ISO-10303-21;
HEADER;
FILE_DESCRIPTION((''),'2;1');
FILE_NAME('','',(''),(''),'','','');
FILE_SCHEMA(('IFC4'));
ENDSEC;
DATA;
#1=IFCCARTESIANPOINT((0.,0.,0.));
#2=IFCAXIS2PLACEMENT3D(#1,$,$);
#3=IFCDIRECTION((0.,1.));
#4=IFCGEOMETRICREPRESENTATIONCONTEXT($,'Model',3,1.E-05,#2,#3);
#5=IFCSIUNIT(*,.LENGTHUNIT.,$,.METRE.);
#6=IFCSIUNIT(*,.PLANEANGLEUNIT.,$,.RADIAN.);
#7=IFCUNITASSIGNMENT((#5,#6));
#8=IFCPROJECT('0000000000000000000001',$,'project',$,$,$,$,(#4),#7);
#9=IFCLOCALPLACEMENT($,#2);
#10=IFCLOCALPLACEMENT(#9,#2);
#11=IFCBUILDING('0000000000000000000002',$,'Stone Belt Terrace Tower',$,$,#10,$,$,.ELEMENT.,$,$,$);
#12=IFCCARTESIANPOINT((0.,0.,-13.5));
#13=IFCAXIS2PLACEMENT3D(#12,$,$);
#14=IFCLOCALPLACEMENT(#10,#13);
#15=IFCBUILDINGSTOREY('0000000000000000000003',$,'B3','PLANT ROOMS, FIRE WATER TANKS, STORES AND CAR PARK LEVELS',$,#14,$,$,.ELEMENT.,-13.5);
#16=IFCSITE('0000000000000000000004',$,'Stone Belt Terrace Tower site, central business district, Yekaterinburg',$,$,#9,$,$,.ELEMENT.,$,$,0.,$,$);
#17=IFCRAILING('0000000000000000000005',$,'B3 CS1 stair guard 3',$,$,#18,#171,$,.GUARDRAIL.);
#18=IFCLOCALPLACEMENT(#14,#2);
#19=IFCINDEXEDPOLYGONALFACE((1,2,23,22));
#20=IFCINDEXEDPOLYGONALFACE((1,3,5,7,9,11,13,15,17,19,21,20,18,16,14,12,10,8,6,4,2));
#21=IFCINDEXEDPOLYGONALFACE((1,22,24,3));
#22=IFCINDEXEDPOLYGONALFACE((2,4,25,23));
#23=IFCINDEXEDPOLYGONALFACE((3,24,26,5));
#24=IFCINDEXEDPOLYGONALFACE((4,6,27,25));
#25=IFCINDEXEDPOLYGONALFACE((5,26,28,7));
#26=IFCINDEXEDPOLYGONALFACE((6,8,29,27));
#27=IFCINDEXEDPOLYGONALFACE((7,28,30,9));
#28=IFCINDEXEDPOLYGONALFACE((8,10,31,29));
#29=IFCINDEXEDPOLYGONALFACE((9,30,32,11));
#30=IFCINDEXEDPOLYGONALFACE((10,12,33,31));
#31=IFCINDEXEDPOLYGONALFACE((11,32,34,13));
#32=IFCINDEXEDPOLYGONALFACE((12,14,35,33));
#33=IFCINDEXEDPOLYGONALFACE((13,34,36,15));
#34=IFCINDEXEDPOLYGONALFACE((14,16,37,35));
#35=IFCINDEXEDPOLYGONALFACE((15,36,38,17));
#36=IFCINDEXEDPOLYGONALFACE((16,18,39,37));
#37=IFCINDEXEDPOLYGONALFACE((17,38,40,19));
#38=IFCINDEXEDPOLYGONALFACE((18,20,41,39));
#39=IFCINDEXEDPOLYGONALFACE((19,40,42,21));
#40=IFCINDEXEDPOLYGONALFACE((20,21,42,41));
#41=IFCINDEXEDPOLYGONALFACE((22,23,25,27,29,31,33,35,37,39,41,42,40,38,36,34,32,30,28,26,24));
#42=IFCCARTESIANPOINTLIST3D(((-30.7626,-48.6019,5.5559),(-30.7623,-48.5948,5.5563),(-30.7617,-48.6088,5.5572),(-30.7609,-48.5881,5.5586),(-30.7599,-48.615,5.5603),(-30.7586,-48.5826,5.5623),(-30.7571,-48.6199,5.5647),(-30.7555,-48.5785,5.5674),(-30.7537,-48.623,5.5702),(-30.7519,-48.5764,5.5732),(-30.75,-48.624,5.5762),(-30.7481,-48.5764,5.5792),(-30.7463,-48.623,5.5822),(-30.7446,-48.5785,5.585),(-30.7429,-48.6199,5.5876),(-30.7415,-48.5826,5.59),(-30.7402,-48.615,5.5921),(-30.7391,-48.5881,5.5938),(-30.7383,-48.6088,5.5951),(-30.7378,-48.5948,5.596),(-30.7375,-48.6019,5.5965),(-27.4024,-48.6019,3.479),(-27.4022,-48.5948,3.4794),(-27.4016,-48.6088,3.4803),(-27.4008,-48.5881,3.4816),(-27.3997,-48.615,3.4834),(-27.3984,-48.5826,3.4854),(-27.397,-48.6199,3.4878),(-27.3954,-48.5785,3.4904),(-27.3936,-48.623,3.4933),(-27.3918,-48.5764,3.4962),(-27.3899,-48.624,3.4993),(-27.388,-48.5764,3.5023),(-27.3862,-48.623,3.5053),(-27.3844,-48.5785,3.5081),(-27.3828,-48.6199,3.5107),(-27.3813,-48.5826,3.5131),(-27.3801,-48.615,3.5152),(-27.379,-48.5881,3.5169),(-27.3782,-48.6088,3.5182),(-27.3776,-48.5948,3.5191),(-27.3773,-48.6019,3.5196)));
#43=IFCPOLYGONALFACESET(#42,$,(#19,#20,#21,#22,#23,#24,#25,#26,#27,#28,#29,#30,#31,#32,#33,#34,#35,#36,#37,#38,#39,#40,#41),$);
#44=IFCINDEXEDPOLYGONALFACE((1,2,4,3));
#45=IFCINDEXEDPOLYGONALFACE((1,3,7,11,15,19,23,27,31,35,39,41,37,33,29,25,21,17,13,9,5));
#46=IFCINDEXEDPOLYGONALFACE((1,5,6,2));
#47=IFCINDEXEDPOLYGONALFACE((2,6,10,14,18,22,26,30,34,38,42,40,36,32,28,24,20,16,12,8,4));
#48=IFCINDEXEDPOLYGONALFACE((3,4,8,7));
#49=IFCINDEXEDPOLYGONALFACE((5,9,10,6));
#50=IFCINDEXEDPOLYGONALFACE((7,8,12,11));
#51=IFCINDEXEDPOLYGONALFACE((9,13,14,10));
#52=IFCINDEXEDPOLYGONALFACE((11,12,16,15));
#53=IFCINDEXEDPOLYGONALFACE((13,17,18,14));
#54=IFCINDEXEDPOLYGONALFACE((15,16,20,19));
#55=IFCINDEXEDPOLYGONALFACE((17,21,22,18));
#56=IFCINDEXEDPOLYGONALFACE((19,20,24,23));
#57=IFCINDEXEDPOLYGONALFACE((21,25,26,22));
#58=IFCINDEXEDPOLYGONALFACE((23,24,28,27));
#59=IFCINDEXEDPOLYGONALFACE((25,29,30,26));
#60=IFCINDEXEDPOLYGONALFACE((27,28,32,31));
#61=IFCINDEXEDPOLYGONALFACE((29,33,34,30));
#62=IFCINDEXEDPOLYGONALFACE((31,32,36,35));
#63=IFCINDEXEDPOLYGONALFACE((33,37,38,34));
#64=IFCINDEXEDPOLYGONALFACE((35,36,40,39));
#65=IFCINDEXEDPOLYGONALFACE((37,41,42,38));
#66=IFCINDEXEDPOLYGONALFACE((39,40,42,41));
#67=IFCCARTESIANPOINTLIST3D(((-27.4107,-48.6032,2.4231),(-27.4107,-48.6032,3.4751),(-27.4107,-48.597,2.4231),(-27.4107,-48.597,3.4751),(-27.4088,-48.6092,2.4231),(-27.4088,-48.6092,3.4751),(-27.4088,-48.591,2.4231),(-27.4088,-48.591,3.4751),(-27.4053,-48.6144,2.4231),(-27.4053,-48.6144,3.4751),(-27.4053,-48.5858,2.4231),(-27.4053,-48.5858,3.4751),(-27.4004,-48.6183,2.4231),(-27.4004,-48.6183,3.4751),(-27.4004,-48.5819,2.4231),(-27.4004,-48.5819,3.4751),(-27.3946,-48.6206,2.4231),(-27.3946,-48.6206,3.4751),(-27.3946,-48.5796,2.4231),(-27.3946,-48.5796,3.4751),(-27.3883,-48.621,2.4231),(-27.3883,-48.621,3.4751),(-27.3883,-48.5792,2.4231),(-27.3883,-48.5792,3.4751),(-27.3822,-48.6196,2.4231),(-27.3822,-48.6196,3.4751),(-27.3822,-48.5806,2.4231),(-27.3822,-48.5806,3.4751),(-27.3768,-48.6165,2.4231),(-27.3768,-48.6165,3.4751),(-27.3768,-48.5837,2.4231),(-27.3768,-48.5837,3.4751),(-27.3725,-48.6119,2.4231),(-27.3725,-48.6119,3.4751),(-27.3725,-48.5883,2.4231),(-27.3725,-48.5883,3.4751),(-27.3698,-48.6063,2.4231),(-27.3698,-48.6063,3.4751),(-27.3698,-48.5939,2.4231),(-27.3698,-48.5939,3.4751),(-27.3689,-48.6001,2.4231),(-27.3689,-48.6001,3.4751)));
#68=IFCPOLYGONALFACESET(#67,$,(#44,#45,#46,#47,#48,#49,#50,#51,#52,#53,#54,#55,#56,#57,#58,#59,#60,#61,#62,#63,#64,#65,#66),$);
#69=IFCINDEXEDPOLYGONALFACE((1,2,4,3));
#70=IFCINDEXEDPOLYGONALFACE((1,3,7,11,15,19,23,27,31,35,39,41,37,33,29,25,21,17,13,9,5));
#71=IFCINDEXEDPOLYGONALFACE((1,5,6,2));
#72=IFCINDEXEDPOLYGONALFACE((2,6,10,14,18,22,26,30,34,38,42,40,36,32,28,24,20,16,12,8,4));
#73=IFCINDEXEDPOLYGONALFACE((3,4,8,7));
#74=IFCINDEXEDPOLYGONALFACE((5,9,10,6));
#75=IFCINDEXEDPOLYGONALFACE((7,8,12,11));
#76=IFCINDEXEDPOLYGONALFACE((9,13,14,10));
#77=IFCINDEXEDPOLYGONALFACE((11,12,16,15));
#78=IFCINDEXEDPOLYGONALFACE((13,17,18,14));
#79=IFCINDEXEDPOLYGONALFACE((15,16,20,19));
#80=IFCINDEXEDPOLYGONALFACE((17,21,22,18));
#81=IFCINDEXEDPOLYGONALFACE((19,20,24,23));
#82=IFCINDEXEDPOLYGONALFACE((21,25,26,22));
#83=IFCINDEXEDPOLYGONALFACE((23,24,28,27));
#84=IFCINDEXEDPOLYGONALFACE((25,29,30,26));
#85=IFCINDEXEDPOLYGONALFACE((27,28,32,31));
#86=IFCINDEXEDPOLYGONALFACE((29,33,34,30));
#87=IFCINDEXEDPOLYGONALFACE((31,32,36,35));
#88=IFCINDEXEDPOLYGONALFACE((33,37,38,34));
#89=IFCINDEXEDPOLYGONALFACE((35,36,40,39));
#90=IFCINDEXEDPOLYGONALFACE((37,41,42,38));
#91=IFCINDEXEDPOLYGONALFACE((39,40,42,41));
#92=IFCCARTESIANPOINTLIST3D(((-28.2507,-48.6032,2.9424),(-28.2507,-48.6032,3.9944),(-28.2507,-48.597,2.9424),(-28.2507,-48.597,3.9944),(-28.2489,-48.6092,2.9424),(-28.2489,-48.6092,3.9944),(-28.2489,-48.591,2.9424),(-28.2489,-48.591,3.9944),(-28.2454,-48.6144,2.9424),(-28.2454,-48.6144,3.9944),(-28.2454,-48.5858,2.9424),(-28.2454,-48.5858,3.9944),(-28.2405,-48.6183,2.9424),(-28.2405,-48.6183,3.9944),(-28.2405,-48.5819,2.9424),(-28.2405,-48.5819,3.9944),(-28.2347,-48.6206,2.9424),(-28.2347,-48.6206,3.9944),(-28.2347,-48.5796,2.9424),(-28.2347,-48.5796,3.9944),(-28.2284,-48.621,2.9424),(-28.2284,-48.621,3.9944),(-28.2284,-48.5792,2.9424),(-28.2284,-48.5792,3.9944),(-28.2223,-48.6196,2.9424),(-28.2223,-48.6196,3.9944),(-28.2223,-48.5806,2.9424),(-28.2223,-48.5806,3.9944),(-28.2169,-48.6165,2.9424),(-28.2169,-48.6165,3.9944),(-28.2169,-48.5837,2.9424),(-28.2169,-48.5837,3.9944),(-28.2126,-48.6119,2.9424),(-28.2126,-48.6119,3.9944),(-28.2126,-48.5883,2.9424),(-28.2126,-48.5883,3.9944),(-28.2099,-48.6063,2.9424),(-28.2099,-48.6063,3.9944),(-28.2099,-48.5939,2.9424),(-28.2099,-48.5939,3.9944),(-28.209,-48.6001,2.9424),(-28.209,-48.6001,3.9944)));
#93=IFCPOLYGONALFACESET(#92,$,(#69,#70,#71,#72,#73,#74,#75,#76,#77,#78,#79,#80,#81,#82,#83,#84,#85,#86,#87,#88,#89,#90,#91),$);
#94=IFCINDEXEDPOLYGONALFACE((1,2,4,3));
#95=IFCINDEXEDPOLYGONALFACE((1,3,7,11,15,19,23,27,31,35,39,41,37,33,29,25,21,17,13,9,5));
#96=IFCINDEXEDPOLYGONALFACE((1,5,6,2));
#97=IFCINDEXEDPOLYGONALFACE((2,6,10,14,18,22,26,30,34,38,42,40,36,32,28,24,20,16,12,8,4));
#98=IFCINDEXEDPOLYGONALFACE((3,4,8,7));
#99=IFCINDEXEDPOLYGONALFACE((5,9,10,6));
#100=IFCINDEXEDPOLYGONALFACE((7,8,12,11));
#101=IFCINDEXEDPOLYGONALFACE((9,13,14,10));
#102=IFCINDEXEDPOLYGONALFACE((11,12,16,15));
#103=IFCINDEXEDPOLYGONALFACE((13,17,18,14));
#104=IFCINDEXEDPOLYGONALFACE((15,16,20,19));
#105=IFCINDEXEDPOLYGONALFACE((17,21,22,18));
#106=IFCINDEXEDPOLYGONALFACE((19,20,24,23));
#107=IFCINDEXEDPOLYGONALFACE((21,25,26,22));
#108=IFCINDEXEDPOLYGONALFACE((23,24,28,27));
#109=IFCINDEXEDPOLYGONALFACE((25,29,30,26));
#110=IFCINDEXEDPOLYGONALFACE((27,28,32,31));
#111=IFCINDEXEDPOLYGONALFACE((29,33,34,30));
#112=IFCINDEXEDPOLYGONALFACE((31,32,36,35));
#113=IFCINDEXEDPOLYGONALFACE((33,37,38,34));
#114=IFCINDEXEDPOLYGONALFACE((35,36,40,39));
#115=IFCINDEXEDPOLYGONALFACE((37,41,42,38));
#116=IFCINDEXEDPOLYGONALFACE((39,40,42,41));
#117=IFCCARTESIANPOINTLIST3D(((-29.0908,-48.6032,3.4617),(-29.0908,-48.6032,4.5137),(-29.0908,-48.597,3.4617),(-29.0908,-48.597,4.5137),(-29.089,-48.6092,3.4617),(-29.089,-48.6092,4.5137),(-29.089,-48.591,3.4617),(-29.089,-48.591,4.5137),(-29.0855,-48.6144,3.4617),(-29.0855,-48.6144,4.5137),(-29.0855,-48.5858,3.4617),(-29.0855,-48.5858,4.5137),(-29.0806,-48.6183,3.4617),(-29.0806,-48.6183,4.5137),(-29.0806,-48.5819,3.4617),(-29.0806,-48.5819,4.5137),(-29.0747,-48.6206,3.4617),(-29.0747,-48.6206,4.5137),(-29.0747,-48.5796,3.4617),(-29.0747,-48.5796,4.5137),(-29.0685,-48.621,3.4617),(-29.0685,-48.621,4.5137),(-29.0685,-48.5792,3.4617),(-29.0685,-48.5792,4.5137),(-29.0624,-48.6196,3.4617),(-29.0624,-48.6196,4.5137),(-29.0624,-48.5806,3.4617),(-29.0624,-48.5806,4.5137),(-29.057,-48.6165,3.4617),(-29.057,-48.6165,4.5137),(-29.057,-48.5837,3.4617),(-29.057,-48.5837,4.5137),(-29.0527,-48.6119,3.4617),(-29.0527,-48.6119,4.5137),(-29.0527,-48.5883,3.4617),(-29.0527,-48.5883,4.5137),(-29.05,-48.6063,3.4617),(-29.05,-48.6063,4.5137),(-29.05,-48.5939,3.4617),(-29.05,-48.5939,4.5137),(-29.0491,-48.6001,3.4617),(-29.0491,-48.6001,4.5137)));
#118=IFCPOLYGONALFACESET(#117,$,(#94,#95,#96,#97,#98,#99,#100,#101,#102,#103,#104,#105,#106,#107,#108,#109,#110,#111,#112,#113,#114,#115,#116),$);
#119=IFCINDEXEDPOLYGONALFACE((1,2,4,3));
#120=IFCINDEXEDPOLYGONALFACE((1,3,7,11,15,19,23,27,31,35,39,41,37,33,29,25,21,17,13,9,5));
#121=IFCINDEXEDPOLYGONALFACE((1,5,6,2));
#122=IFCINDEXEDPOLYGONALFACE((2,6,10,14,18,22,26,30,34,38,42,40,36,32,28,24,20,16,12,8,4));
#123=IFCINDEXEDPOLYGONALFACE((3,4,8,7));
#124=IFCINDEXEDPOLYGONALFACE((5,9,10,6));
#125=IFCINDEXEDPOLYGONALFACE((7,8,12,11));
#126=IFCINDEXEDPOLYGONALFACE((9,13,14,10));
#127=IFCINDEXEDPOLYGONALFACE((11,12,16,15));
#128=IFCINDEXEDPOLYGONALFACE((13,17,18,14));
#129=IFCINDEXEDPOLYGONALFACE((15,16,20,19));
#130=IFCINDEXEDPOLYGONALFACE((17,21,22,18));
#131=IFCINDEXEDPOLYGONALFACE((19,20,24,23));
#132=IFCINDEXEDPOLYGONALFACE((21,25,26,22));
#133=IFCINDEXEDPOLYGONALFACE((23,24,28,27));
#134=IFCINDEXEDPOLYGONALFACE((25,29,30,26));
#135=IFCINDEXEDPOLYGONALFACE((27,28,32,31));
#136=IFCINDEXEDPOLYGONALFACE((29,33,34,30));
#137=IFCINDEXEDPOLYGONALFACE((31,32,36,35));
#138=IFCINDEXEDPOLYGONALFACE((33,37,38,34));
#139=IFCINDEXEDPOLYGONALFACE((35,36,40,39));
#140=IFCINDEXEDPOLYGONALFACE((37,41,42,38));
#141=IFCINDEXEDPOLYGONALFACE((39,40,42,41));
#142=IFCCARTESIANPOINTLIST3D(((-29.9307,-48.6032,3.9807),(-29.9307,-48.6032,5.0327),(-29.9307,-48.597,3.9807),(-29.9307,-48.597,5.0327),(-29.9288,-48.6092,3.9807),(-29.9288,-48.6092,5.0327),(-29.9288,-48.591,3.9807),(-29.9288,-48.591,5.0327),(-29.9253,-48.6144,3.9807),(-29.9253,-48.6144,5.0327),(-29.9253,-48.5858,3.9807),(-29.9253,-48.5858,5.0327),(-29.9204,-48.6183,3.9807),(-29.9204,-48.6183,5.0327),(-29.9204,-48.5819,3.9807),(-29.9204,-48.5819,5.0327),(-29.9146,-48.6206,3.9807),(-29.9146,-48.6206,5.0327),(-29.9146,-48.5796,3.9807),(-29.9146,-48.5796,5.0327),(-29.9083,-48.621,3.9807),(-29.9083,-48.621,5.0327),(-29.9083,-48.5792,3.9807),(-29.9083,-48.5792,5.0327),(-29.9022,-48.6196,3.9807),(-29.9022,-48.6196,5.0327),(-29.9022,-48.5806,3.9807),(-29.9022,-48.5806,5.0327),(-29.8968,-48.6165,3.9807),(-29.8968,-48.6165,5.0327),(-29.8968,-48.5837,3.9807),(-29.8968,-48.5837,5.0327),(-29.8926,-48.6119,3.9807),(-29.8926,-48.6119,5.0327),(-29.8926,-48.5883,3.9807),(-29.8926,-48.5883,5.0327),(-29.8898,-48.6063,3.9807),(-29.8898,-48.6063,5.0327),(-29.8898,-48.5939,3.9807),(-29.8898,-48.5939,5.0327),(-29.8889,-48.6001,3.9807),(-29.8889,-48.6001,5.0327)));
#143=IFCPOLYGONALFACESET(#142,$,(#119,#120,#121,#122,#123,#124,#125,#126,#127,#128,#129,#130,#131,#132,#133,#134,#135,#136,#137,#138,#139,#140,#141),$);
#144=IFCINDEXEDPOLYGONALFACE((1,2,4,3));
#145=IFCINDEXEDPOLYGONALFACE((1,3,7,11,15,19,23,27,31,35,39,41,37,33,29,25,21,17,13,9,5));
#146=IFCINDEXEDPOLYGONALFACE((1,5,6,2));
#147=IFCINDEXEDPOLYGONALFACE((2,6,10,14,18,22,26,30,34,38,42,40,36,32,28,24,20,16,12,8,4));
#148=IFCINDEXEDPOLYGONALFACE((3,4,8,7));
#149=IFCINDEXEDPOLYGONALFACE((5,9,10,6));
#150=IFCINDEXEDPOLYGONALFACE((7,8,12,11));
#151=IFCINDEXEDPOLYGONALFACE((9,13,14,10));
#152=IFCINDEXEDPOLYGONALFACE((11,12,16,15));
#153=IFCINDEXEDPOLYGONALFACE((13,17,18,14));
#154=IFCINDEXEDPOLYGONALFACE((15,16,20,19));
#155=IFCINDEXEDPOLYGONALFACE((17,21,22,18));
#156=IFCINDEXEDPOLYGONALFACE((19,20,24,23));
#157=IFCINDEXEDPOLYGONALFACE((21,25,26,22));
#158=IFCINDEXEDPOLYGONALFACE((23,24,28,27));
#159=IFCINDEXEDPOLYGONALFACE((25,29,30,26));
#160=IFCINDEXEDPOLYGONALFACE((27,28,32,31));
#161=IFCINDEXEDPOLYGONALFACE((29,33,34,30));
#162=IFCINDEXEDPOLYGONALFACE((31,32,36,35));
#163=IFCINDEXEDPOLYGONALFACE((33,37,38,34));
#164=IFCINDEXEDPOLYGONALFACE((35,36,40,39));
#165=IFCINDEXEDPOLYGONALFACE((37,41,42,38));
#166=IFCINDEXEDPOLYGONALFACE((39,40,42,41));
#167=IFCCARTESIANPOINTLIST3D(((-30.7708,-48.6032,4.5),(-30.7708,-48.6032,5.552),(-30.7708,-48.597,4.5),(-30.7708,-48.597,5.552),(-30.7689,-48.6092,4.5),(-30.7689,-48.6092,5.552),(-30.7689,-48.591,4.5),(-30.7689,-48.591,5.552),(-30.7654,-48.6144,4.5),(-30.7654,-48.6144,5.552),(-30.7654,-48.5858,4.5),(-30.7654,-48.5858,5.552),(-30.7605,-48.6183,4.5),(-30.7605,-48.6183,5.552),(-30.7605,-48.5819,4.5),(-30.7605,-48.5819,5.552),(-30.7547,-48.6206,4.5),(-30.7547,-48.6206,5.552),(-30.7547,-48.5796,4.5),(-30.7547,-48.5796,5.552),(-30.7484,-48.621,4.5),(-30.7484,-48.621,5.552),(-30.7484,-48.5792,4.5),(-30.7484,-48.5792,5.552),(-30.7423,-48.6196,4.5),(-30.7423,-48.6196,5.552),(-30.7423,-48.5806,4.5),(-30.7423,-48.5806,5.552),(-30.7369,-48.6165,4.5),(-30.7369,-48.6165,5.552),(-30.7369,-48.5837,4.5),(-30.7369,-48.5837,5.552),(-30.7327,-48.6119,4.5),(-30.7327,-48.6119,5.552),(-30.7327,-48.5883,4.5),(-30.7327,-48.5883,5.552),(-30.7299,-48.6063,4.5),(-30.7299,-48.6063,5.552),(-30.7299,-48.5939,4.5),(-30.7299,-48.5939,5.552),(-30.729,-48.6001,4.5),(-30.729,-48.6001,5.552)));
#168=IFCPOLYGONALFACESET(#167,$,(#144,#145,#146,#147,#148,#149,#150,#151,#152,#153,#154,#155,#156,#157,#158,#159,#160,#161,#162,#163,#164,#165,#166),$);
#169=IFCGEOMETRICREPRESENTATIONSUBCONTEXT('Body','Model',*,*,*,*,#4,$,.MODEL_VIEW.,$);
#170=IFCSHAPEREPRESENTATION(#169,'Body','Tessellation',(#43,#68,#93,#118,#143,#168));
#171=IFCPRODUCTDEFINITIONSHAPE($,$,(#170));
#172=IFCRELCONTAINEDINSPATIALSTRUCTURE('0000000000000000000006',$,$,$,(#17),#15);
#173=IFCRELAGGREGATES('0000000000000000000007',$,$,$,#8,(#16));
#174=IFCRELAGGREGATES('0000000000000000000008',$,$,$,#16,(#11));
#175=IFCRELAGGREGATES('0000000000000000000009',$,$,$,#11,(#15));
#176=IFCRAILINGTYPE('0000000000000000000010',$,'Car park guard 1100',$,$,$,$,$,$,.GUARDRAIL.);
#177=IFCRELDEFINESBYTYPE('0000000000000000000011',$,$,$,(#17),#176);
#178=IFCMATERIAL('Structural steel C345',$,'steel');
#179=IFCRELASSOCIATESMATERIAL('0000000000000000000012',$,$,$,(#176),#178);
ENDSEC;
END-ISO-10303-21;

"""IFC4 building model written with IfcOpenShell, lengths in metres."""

from ifc_helpers import new_model, si_unit, direction, frame, origin, origin_2d, place, context, subcontext, project, spatial, circle, extrude, material, type_object, element, save


model = new_model("IFC4")

# Units and contexts
model_context = context("Model", 3, precision=1e-05, world=origin(), true_north=direction((0.0, 1.0)))
body_context = subcontext(model_context, "Body", "Model", "MODEL_VIEW")
ifc_project = project(units=[si_unit("LENGTHUNIT", "METRE"), si_unit("PLANEANGLEUNIT", "RADIAN")], contexts=[model_context])

# Site, building, storey
site_placement = place(None, origin())
site = spatial("IfcSite", under=ifc_project, at=site_placement, Name="Stone Belt Terrace Tower site, central business district, Yekaterinburg", CompositionType="ELEMENT", RefElevation=0.0)
building_placement = place(site_placement, origin())
building = spatial("IfcBuilding", under=site, at=building_placement, Name="Stone Belt Terrace Tower", CompositionType="ELEMENT")
storey_placement = place(building_placement, frame((0.0, 0.0, -13.5)))
storey = spatial("IfcBuildingStorey", under=building, at=storey_placement, Name="B3", Description="PLANT ROOMS, FIRE WATER TANKS, STORES AND CAR PARK LEVELS", CompositionType="ELEMENT", Elevation=-13.5)

# Railing
ifc_material_1 = material(Name="Structural steel C345", Category="steel")
railing_type_1 = type_object("IfcRailingType", Name="Car park guard 1100", PredefinedType="GUARDRAIL", material=ifc_material_1)
railing_1_placement = place(storey_placement, frame((-27.3899, -48.6001, 2.4231)))
element("IfcRailing", 1, at=railing_1_placement, inside=storey, type_object=railing_type_1, Name="B3 CS1 stair guard 3", PredefinedType="GUARDRAIL", context=body_context, shape_type="SweptSolid", body=[
    extrude(circle(Radius=0.0239, at=origin_2d()), frame((0.0, 0.0, 1.0762), z_axis=(-0.850623, 0.0, 0.525776), x_axis=(0.0, -1.0, 0.0)), (0.0, 0.0, 1.0), 3.9502),
    extrude(circle(Radius=0.021, at=origin_2d()), origin(), (0.0, 0.0, 1.0), 1.052),
    extrude(circle(Radius=0.021, at=origin_2d()), frame((-0.8401, 0.0, 0.5193)), (0.0, 0.0, 1.0), 1.052),
    extrude(circle(Radius=0.021, at=origin_2d()), frame((-1.6802, 0.0, 1.0386)), (0.0, 0.0, 1.0), 1.052),
    extrude(circle(Radius=0.021, at=origin_2d()), frame((-2.52, 0.0, 1.5576)), (0.0, 0.0, 1.0), 1.052),
    extrude(circle(Radius=0.021, at=origin_2d()), frame((-3.3601, 0.0, 2.0769)), (0.0, 0.0, 1.0), 1.052),
])

save(model, "model.ifc")
